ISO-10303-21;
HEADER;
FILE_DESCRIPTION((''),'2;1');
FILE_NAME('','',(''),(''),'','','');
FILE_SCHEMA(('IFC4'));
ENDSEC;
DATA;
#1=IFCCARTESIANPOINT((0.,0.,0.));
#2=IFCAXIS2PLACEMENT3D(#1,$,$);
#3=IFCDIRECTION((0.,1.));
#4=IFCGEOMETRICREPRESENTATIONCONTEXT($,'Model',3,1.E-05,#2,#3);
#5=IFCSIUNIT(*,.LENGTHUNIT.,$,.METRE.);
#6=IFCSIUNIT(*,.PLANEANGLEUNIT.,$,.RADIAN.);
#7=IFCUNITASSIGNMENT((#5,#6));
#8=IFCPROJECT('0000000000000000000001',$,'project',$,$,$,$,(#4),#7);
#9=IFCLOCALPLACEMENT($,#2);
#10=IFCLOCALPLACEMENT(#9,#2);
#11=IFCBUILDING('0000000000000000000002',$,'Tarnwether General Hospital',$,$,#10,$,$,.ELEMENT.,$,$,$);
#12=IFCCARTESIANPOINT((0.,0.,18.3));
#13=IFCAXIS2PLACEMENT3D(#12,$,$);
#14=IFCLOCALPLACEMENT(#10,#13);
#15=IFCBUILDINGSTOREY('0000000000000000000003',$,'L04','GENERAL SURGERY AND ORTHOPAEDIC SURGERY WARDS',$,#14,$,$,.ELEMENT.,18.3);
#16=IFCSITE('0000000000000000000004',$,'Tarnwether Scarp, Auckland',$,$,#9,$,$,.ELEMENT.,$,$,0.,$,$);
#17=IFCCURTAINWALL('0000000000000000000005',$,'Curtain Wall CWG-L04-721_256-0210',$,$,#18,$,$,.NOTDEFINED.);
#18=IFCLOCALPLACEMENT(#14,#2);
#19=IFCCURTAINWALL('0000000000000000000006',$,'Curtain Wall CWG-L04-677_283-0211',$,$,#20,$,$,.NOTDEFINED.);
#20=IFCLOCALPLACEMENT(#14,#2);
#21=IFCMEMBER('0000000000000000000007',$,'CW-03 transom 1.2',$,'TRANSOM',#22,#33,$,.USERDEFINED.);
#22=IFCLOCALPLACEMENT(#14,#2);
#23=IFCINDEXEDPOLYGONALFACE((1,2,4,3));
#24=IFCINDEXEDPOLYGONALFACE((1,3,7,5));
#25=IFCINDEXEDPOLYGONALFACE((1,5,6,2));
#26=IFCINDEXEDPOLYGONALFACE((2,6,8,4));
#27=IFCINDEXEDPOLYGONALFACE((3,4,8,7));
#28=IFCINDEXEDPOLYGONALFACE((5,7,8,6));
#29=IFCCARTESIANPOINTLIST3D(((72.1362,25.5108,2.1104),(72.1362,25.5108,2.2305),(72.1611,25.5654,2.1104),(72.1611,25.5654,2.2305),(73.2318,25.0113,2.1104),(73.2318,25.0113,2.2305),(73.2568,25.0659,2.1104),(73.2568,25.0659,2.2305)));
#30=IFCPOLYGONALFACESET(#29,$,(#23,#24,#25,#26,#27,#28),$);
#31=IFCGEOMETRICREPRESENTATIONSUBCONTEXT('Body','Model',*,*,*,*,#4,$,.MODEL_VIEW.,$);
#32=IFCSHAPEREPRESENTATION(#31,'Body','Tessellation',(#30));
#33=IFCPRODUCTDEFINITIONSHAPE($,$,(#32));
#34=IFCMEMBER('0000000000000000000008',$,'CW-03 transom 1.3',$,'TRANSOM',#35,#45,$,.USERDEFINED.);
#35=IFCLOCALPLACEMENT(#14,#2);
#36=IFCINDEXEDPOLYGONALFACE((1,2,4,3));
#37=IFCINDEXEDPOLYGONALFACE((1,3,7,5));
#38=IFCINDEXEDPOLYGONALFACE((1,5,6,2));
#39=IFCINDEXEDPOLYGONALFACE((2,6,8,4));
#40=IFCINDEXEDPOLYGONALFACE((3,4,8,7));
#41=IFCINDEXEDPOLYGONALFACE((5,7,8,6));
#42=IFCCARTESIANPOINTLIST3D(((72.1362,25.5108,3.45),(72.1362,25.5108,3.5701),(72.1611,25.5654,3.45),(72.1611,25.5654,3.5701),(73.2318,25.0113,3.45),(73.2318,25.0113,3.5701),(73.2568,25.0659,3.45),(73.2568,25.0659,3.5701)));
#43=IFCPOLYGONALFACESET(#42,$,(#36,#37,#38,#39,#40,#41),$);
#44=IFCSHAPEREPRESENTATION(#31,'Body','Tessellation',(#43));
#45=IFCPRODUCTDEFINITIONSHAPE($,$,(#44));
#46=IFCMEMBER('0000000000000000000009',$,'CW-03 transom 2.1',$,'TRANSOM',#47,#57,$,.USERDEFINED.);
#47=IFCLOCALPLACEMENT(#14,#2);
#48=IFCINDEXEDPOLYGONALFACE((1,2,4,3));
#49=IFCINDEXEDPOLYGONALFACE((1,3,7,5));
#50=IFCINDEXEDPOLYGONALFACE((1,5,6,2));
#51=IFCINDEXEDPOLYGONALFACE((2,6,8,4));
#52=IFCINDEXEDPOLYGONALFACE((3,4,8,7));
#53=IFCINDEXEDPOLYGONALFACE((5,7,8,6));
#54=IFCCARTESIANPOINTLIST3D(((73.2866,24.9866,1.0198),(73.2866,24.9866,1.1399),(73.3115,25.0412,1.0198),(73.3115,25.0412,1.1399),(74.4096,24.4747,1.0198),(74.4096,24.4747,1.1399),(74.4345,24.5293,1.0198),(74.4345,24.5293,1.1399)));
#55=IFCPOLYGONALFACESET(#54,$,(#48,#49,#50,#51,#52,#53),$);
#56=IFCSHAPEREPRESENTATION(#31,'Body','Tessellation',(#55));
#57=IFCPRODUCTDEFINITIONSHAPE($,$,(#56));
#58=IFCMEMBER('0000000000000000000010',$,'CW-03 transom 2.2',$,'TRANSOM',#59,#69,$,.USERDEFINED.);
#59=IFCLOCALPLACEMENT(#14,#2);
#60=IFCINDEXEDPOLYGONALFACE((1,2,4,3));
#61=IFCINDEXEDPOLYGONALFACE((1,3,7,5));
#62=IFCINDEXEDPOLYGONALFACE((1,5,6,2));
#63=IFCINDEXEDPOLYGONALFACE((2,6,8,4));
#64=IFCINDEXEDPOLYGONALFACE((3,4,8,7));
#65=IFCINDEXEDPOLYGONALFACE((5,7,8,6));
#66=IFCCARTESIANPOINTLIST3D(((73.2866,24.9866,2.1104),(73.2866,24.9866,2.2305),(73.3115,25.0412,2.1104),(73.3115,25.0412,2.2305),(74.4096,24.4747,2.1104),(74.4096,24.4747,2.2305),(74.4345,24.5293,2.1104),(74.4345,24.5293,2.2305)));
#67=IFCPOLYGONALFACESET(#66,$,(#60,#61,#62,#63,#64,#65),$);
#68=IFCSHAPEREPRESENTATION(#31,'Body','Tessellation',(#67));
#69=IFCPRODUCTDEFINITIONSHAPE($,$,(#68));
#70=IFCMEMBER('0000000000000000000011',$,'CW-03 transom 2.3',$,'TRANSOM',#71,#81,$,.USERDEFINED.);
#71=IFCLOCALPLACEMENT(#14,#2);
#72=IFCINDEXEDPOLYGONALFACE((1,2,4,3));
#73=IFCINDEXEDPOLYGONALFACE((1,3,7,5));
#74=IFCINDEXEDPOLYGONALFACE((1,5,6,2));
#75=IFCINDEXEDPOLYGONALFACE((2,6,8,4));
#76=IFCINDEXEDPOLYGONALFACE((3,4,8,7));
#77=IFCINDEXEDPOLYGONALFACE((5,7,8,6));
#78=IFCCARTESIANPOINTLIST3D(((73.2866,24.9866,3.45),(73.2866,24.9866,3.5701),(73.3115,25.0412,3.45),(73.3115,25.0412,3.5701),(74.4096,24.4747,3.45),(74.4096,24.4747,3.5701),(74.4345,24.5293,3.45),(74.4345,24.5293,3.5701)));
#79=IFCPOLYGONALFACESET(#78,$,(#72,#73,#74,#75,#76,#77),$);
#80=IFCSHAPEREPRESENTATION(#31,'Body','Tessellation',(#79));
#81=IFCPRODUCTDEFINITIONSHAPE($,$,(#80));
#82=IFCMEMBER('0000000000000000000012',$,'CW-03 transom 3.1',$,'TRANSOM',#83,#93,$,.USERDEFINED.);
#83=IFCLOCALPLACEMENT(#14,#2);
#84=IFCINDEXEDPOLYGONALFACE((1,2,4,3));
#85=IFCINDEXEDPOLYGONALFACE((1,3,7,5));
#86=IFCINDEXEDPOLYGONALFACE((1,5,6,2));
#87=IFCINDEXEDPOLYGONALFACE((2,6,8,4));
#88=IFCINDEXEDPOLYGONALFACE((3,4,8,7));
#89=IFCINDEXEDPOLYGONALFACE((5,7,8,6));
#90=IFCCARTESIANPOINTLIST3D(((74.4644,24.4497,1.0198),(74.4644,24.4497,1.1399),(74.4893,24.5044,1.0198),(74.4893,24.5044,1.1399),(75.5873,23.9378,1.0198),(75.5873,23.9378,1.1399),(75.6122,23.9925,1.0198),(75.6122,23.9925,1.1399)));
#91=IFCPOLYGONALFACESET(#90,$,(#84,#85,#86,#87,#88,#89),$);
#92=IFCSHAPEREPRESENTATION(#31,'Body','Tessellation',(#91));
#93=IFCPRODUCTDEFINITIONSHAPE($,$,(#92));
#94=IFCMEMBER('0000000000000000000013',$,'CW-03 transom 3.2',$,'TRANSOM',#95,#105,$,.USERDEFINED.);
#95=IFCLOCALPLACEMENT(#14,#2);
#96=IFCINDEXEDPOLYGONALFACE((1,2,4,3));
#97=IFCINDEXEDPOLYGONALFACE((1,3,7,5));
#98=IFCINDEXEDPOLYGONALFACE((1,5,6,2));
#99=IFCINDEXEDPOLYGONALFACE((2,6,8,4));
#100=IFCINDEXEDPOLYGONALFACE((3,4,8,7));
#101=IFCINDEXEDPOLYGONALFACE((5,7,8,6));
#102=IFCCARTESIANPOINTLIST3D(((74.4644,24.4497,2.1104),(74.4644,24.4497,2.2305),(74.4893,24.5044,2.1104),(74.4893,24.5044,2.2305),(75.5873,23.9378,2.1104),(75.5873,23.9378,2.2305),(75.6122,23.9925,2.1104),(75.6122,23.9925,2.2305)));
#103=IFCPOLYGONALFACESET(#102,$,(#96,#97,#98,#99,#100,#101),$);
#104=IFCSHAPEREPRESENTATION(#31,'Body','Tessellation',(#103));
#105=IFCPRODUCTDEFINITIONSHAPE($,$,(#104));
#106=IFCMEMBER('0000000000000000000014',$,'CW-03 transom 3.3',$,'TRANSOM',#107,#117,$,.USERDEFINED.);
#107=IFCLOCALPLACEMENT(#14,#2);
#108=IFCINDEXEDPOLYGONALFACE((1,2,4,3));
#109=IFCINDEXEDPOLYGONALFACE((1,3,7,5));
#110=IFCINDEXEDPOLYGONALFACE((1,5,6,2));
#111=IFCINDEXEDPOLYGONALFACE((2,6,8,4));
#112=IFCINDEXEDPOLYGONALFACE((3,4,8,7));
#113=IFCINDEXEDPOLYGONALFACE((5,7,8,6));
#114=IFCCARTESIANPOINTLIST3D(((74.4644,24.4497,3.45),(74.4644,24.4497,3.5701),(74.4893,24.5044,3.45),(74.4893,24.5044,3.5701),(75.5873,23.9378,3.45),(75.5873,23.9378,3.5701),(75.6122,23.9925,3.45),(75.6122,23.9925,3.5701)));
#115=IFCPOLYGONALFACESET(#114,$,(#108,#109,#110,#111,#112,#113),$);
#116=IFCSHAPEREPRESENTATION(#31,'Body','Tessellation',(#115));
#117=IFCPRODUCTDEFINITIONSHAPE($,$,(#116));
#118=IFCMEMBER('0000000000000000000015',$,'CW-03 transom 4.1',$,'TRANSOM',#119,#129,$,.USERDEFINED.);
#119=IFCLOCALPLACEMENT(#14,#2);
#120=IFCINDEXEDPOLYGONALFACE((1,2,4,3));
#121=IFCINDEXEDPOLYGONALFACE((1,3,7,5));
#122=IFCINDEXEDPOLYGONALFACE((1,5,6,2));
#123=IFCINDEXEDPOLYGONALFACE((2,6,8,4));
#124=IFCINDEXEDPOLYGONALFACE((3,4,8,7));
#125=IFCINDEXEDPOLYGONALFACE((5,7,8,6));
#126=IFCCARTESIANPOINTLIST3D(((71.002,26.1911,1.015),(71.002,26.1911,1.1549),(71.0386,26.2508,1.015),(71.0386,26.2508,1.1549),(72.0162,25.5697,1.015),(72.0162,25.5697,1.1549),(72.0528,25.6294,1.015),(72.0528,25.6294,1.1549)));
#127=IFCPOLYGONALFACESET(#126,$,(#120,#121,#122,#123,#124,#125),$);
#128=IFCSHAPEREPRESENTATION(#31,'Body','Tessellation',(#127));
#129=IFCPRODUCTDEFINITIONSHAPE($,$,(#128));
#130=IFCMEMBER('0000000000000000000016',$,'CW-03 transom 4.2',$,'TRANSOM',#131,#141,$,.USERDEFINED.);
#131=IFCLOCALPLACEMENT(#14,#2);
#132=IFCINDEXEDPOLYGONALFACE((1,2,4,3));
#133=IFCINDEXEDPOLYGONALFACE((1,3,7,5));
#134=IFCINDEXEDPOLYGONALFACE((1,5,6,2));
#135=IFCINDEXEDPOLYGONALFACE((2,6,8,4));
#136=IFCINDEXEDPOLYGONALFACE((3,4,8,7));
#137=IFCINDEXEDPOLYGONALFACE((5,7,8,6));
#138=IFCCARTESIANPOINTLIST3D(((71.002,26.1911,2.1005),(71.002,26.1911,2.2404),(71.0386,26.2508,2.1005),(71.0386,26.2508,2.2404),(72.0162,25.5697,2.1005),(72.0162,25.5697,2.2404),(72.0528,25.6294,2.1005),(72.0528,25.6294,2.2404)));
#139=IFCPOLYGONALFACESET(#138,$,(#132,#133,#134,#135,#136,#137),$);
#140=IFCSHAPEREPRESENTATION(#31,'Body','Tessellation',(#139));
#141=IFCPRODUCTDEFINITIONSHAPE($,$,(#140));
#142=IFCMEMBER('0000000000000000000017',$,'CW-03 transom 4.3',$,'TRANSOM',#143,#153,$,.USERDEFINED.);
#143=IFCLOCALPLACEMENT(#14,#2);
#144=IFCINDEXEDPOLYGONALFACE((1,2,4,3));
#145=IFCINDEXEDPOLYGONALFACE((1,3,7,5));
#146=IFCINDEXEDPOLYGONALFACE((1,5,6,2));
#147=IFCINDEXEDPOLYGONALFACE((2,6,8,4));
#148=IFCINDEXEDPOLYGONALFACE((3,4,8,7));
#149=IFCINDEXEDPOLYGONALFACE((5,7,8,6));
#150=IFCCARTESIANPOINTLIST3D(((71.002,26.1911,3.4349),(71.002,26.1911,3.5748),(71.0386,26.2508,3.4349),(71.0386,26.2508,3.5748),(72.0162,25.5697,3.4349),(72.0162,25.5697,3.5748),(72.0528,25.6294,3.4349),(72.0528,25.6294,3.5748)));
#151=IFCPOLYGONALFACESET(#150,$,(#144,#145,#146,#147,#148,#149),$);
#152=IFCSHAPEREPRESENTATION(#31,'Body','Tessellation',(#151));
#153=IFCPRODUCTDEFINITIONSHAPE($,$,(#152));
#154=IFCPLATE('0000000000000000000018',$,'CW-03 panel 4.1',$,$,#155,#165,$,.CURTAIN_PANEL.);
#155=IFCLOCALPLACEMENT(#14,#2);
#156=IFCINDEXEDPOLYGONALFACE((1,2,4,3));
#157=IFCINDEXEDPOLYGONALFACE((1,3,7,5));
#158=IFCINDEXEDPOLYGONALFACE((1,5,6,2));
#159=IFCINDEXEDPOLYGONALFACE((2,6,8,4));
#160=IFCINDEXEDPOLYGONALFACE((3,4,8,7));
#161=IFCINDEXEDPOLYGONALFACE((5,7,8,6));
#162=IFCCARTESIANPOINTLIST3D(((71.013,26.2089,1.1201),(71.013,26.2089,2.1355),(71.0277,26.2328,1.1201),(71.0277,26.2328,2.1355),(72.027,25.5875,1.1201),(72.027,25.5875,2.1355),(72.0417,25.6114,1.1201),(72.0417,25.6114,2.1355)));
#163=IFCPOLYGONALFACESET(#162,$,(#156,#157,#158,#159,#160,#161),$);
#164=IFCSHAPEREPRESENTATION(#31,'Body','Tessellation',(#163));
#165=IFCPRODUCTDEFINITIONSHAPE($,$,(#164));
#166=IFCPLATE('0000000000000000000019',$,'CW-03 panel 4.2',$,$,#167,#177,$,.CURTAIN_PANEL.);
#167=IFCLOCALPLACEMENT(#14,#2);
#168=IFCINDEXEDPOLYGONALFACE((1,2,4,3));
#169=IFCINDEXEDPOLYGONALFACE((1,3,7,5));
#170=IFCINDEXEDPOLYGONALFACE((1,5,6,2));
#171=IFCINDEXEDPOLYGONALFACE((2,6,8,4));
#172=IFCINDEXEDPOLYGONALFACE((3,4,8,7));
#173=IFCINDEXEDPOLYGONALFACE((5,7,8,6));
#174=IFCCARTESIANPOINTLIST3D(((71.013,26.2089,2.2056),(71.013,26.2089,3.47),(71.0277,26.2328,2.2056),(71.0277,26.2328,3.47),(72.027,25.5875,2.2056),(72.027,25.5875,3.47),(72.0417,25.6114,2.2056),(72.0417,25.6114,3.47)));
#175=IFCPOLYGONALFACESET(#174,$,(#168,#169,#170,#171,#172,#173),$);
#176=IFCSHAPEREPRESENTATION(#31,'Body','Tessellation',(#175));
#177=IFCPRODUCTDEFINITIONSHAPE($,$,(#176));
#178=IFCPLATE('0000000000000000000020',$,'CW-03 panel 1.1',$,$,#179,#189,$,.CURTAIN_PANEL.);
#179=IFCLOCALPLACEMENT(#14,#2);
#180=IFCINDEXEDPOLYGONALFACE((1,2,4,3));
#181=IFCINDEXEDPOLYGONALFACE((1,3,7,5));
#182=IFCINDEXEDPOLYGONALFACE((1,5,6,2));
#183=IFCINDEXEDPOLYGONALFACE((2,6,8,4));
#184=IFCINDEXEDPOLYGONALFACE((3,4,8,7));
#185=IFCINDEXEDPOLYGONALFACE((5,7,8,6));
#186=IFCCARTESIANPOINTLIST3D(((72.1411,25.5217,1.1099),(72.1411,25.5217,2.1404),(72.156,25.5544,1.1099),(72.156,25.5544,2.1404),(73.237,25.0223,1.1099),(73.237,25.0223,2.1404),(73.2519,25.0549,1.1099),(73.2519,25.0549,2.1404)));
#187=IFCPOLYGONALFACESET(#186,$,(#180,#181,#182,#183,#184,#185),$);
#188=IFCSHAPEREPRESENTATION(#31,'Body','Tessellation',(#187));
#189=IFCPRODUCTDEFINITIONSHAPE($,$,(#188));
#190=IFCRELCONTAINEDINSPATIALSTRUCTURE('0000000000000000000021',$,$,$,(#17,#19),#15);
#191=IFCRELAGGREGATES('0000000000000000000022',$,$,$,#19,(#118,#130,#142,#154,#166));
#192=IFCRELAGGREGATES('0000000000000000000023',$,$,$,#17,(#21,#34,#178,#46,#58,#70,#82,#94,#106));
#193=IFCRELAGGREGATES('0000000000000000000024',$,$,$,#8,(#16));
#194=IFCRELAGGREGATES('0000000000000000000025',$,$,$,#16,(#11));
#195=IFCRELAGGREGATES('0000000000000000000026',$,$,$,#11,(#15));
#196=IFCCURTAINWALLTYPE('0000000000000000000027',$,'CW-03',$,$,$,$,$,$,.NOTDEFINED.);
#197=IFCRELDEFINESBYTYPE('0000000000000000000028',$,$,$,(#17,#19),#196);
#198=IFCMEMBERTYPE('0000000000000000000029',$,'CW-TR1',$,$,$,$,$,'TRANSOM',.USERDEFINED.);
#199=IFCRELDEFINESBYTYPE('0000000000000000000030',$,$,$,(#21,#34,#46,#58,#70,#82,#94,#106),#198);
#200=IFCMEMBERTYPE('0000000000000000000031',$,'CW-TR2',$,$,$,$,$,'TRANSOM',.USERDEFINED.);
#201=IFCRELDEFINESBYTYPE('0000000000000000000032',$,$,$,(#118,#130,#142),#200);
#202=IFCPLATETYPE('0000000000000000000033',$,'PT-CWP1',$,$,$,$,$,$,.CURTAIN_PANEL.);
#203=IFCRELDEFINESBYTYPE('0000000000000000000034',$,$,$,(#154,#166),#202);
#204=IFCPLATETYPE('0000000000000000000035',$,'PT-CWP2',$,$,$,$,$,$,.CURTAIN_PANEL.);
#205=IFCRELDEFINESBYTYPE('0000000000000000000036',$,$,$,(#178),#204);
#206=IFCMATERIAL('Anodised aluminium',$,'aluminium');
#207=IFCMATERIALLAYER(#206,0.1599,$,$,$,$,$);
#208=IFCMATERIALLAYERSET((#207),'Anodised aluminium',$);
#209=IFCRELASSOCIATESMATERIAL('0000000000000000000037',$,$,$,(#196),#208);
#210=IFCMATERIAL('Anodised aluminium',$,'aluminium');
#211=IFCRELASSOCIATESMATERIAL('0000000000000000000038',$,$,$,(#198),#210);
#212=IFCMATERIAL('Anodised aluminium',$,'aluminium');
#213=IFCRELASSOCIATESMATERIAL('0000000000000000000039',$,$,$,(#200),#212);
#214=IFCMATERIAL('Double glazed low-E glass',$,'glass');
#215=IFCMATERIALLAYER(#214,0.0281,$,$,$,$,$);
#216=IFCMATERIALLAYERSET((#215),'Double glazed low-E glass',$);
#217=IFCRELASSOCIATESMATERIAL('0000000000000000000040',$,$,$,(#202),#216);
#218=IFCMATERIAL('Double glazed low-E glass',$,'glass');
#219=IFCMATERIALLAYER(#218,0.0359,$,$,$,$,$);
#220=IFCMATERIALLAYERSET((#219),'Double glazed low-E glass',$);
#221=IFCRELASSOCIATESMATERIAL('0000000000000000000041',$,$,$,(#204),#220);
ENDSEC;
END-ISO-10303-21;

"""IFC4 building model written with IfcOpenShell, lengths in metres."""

from ifc_helpers import new_model, si_unit, direction, frame, origin, origin_2d, place, context, subcontext, project, spatial, rectangle, extrude, material, layer, layer_set, material_profile, profile_set, type_object, element, aggregate, save


model = new_model("IFC4")

# Units and contexts
model_context = context("Model", 3, precision=1e-05, world=origin(), true_north=direction((0.0, 1.0)))
body_context = subcontext(model_context, "Body", "Model", "MODEL_VIEW")
ifc_project = project(units=[si_unit("LENGTHUNIT", "METRE"), si_unit("PLANEANGLEUNIT", "RADIAN")], contexts=[model_context])

# Site, building, storey
site_placement = place(None, origin())
site = spatial("IfcSite", under=ifc_project, at=site_placement, Name="Tarnwether Scarp, Auckland", CompositionType="ELEMENT", RefElevation=0.0)
building_placement = place(site_placement, origin())
building = spatial("IfcBuilding", under=site, at=building_placement, Name="Tarnwether General Hospital", CompositionType="ELEMENT")
storey_placement = place(building_placement, frame((0.0, 0.0, 18.3)))
storey = spatial("IfcBuildingStorey", under=building, at=storey_placement, Name="L04", Description="GENERAL SURGERY AND ORTHOPAEDIC SURGERY WARDS", CompositionType="ELEMENT", Elevation=18.3)

# Curtain walls
ifc_material_1 = material(Name="Anodised aluminium", Category="aluminium")
ifc_layer_1 = layer(ifc_material_1, 0.1599)
ifc_layer_set_1 = layer_set([ifc_layer_1], Name="Anodised aluminium")
curtain_wall_type = type_object("IfcCurtainWallType", Name="CW-03", PredefinedType="NOTDEFINED", material=ifc_layer_set_1)
curtain_wall_1_placement = place(storey_placement, origin())
curtain_wall_1 = element("IfcCurtainWall", 1, at=curtain_wall_1_placement, inside=storey, type_object=curtain_wall_type, Name="Curtain Wall CWG-L04-721_256-0210", PredefinedType="NOTDEFINED")
curtain_wall_2_placement = place(storey_placement, origin())
curtain_wall_2 = element("IfcCurtainWall", 2, at=curtain_wall_2_placement, inside=storey, type_object=curtain_wall_type, Name="Curtain Wall CWG-L04-677_283-0211", PredefinedType="NOTDEFINED")

# Members
ifc_material_2 = material(Name="Anodised aluminium", Category="aluminium")
ifc_material_profile_1 = material_profile(ifc_material_2, rectangle(XDim=0.0601, YDim=0.1201, at=origin_2d()), Name="ALU-TRN-60x120")
ifc_profile_set_1 = profile_set([ifc_material_profile_1], Name="Anodised aluminium")
member_type_1 = type_object("IfcMemberType", Name="CW-TR1", ElementType="TRANSOM", PredefinedType="USERDEFINED", material=ifc_profile_set_1)
member_1_placement = place(storey_placement, frame((72.1487, 25.5381, 2.1704), z_axis=(0.909908, -0.414811, 0.0), x_axis=(0.414811, 0.909908, 0.0)))
member_1 = element("IfcMember", 3, at=member_1_placement, type_object=member_type_1, Name="CW-03 transom 1.2", ObjectType="TRANSOM", PredefinedType="USERDEFINED", context=body_context, shape_type="SweptSolid", body=[
    extrude(rectangle(XDim=0.0601, YDim=0.1201, at=origin_2d()), origin(), (0.0, 0.0, 1.0), 1.2041),
])
member_2_placement = place(storey_placement, frame((72.1487, 25.5381, 3.51), z_axis=(0.909908, -0.414811, 0.0), x_axis=(0.414811, 0.909908, 0.0)))
member_2 = element("IfcMember", 4, at=member_2_placement, type_object=member_type_1, Name="CW-03 transom 1.3", ObjectType="TRANSOM", PredefinedType="USERDEFINED", context=body_context, shape_type="SweptSolid", body=[
    extrude(rectangle(XDim=0.0601, YDim=0.1201, at=origin_2d()), origin(), (0.0, 0.0, 1.0), 1.2041),
])
member_3_placement = place(storey_placement, frame((73.2991, 25.0139, 1.0798), z_axis=(0.909912, -0.414801, 0.0), x_axis=(0.414801, 0.909912, 0.0)))
member_3 = element("IfcMember", 5, at=member_3_placement, type_object=member_type_1, Name="CW-03 transom 2.1", ObjectType="TRANSOM", PredefinedType="USERDEFINED", context=body_context, shape_type="SweptSolid", body=[
    extrude(rectangle(XDim=0.0601, YDim=0.1201, at=origin_2d()), origin(), (0.0, 0.0, 1.0), 1.2341),
])
member_4_placement = place(storey_placement, frame((73.2991, 25.0139, 2.1704), z_axis=(0.909912, -0.414801, 0.0), x_axis=(0.414801, 0.909912, 0.0)))
member_4 = element("IfcMember", 6, at=member_4_placement, type_object=member_type_1, Name="CW-03 transom 2.2", ObjectType="TRANSOM", PredefinedType="USERDEFINED", context=body_context, shape_type="SweptSolid", body=[
    extrude(rectangle(XDim=0.0601, YDim=0.1201, at=origin_2d()), origin(), (0.0, 0.0, 1.0), 1.2341),
])
member_5_placement = place(storey_placement, frame((73.2991, 25.0139, 3.51), z_axis=(0.909912, -0.414801, 0.0), x_axis=(0.414801, 0.909912, 0.0)))
member_5 = element("IfcMember", 7, at=member_5_placement, type_object=member_type_1, Name="CW-03 transom 2.3", ObjectType="TRANSOM", PredefinedType="USERDEFINED", context=body_context, shape_type="SweptSolid", body=[
    extrude(rectangle(XDim=0.0601, YDim=0.1201, at=origin_2d()), origin(), (0.0, 0.0, 1.0), 1.2341),
])
member_6_placement = place(storey_placement, frame((74.4768, 24.4771, 1.0798), z_axis=(0.909912, -0.414801, 0.0), x_axis=(0.414801, 0.909912, 0.0)))
member_6 = element("IfcMember", 8, at=member_6_placement, type_object=member_type_1, Name="CW-03 transom 3.1", ObjectType="TRANSOM", PredefinedType="USERDEFINED", context=body_context, shape_type="SweptSolid", body=[
    extrude(rectangle(XDim=0.0601, YDim=0.1201, at=origin_2d()), origin(), (0.0, 0.0, 1.0), 1.2341),
])
member_7_placement = place(storey_placement, frame((74.4768, 24.4771, 2.1704), z_axis=(0.909912, -0.414801, 0.0), x_axis=(0.414801, 0.909912, 0.0)))
member_7 = element("IfcMember", 9, at=member_7_placement, type_object=member_type_1, Name="CW-03 transom 3.2", ObjectType="TRANSOM", PredefinedType="USERDEFINED", context=body_context, shape_type="SweptSolid", body=[
    extrude(rectangle(XDim=0.0601, YDim=0.1201, at=origin_2d()), origin(), (0.0, 0.0, 1.0), 1.2341),
])
member_8_placement = place(storey_placement, frame((74.4768, 24.4771, 3.51), z_axis=(0.909912, -0.414801, 0.0), x_axis=(0.414801, 0.909912, 0.0)))
member_8 = element("IfcMember", 10, at=member_8_placement, type_object=member_type_1, Name="CW-03 transom 3.3", ObjectType="TRANSOM", PredefinedType="USERDEFINED", context=body_context, shape_type="SweptSolid", body=[
    extrude(rectangle(XDim=0.0601, YDim=0.1201, at=origin_2d()), origin(), (0.0, 0.0, 1.0), 1.2341),
])
ifc_material_3 = material(Name="Anodised aluminium", Category="aluminium")
ifc_material_profile_2 = material_profile(ifc_material_3, rectangle(XDim=0.0701, YDim=0.1399, at=origin_2d()), Name="ALU-TRN-70x140")
ifc_profile_set_2 = profile_set([ifc_material_profile_2], Name="Anodised aluminium")
member_type_2 = type_object("IfcMemberType", Name="CW-TR2", ElementType="TRANSOM", PredefinedType="USERDEFINED", material=ifc_profile_set_2)
member_9_placement = place(storey_placement, frame((71.0203, 26.2209, 1.085), z_axis=(0.852693, -0.522413, 0.0), x_axis=(0.522413, 0.852693, 0.0)))
member_9 = element("IfcMember", 11, at=member_9_placement, type_object=member_type_2, Name="CW-03 transom 4.1", ObjectType="TRANSOM", PredefinedType="USERDEFINED", context=body_context, shape_type="SweptSolid", body=[
    extrude(rectangle(XDim=0.0701, YDim=0.1399, at=origin_2d()), origin(), (0.0, 0.0, 1.0), 1.1895),
])
member_10_placement = place(storey_placement, frame((71.0203, 26.2209, 2.1704), z_axis=(0.852693, -0.522413, 0.0), x_axis=(0.522413, 0.852693, 0.0)))
member_10 = element("IfcMember", 12, at=member_10_placement, type_object=member_type_2, Name="CW-03 transom 4.2", ObjectType="TRANSOM", PredefinedType="USERDEFINED", context=body_context, shape_type="SweptSolid", body=[
    extrude(rectangle(XDim=0.0701, YDim=0.1399, at=origin_2d()), origin(), (0.0, 0.0, 1.0), 1.1895),
])
member_11_placement = place(storey_placement, frame((71.0203, 26.2209, 3.5049), z_axis=(0.852693, -0.522413, 0.0), x_axis=(0.522413, 0.852693, 0.0)))
member_11 = element("IfcMember", 13, at=member_11_placement, type_object=member_type_2, Name="CW-03 transom 4.3", ObjectType="TRANSOM", PredefinedType="USERDEFINED", context=body_context, shape_type="SweptSolid", body=[
    extrude(rectangle(XDim=0.0701, YDim=0.1399, at=origin_2d()), origin(), (0.0, 0.0, 1.0), 1.1895),
])

# Plates
ifc_material_4 = material(Name="Double glazed low-E glass", Category="glass")
ifc_layer_2 = layer(ifc_material_4, 0.0281)
ifc_layer_set_2 = layer_set([ifc_layer_2], Name="Double glazed low-E glass")
plate_type_1 = type_object("IfcPlateType", Name="PT-CWP1", PredefinedType="CURTAIN_PANEL", material=ifc_layer_set_2)
plate_1_placement = place(storey_placement, frame((71.5273, 25.9102, 1.1201), z_axis=(0.0, 0.0, 1.0), x_axis=(0.852632, -0.522512, 0.0)))
plate_1 = element("IfcPlate", 14, at=plate_1_placement, type_object=plate_type_1, Name="CW-03 panel 4.1", PredefinedType="CURTAIN_PANEL", context=body_context, shape_type="SweptSolid", body=[
    extrude(rectangle(XDim=1.1892, YDim=0.0281, at=origin_2d()), origin(), (0.0, 0.0, 1.0), 1.0154),
])
plate_2_placement = place(storey_placement, frame((71.5273, 25.9102, 2.2056), z_axis=(0.0, 0.0, 1.0), x_axis=(0.852632, -0.522512, 0.0)))
plate_2 = element("IfcPlate", 15, at=plate_2_placement, type_object=plate_type_1, Name="CW-03 panel 4.2", PredefinedType="CURTAIN_PANEL", context=body_context, shape_type="SweptSolid", body=[
    extrude(rectangle(XDim=1.1892, YDim=0.0281, at=origin_2d()), origin(), (0.0, 0.0, 1.0), 1.2644),
])
aggregate(curtain_wall_2, [member_9, member_10, member_11, plate_1, plate_2])
ifc_material_5 = material(Name="Double glazed low-E glass", Category="glass")
ifc_layer_3 = layer(ifc_material_5, 0.0359)
ifc_layer_set_3 = layer_set([ifc_layer_3], Name="Double glazed low-E glass")
plate_type_2 = type_object("IfcPlateType", Name="PT-CWP2", PredefinedType="CURTAIN_PANEL", material=ifc_layer_set_3)
plate_3_placement = place(storey_placement, frame((72.6965, 25.2883, 1.1099), z_axis=(0.0, 0.0, 1.0), x_axis=(0.909956, -0.414705, 0.0)))
plate_3 = element("IfcPlate", 16, at=plate_3_placement, type_object=plate_type_2, Name="CW-03 panel 1.1", PredefinedType="CURTAIN_PANEL", context=body_context, shape_type="SweptSolid", body=[
    extrude(rectangle(XDim=1.2043, YDim=0.0359, at=origin_2d()), origin(), (0.0, 0.0, 1.0), 1.0305),
])
aggregate(curtain_wall_1, [member_1, member_2, plate_3, member_3, member_4, member_5, member_6, member_7, member_8])

save(model, "model.ifc")
